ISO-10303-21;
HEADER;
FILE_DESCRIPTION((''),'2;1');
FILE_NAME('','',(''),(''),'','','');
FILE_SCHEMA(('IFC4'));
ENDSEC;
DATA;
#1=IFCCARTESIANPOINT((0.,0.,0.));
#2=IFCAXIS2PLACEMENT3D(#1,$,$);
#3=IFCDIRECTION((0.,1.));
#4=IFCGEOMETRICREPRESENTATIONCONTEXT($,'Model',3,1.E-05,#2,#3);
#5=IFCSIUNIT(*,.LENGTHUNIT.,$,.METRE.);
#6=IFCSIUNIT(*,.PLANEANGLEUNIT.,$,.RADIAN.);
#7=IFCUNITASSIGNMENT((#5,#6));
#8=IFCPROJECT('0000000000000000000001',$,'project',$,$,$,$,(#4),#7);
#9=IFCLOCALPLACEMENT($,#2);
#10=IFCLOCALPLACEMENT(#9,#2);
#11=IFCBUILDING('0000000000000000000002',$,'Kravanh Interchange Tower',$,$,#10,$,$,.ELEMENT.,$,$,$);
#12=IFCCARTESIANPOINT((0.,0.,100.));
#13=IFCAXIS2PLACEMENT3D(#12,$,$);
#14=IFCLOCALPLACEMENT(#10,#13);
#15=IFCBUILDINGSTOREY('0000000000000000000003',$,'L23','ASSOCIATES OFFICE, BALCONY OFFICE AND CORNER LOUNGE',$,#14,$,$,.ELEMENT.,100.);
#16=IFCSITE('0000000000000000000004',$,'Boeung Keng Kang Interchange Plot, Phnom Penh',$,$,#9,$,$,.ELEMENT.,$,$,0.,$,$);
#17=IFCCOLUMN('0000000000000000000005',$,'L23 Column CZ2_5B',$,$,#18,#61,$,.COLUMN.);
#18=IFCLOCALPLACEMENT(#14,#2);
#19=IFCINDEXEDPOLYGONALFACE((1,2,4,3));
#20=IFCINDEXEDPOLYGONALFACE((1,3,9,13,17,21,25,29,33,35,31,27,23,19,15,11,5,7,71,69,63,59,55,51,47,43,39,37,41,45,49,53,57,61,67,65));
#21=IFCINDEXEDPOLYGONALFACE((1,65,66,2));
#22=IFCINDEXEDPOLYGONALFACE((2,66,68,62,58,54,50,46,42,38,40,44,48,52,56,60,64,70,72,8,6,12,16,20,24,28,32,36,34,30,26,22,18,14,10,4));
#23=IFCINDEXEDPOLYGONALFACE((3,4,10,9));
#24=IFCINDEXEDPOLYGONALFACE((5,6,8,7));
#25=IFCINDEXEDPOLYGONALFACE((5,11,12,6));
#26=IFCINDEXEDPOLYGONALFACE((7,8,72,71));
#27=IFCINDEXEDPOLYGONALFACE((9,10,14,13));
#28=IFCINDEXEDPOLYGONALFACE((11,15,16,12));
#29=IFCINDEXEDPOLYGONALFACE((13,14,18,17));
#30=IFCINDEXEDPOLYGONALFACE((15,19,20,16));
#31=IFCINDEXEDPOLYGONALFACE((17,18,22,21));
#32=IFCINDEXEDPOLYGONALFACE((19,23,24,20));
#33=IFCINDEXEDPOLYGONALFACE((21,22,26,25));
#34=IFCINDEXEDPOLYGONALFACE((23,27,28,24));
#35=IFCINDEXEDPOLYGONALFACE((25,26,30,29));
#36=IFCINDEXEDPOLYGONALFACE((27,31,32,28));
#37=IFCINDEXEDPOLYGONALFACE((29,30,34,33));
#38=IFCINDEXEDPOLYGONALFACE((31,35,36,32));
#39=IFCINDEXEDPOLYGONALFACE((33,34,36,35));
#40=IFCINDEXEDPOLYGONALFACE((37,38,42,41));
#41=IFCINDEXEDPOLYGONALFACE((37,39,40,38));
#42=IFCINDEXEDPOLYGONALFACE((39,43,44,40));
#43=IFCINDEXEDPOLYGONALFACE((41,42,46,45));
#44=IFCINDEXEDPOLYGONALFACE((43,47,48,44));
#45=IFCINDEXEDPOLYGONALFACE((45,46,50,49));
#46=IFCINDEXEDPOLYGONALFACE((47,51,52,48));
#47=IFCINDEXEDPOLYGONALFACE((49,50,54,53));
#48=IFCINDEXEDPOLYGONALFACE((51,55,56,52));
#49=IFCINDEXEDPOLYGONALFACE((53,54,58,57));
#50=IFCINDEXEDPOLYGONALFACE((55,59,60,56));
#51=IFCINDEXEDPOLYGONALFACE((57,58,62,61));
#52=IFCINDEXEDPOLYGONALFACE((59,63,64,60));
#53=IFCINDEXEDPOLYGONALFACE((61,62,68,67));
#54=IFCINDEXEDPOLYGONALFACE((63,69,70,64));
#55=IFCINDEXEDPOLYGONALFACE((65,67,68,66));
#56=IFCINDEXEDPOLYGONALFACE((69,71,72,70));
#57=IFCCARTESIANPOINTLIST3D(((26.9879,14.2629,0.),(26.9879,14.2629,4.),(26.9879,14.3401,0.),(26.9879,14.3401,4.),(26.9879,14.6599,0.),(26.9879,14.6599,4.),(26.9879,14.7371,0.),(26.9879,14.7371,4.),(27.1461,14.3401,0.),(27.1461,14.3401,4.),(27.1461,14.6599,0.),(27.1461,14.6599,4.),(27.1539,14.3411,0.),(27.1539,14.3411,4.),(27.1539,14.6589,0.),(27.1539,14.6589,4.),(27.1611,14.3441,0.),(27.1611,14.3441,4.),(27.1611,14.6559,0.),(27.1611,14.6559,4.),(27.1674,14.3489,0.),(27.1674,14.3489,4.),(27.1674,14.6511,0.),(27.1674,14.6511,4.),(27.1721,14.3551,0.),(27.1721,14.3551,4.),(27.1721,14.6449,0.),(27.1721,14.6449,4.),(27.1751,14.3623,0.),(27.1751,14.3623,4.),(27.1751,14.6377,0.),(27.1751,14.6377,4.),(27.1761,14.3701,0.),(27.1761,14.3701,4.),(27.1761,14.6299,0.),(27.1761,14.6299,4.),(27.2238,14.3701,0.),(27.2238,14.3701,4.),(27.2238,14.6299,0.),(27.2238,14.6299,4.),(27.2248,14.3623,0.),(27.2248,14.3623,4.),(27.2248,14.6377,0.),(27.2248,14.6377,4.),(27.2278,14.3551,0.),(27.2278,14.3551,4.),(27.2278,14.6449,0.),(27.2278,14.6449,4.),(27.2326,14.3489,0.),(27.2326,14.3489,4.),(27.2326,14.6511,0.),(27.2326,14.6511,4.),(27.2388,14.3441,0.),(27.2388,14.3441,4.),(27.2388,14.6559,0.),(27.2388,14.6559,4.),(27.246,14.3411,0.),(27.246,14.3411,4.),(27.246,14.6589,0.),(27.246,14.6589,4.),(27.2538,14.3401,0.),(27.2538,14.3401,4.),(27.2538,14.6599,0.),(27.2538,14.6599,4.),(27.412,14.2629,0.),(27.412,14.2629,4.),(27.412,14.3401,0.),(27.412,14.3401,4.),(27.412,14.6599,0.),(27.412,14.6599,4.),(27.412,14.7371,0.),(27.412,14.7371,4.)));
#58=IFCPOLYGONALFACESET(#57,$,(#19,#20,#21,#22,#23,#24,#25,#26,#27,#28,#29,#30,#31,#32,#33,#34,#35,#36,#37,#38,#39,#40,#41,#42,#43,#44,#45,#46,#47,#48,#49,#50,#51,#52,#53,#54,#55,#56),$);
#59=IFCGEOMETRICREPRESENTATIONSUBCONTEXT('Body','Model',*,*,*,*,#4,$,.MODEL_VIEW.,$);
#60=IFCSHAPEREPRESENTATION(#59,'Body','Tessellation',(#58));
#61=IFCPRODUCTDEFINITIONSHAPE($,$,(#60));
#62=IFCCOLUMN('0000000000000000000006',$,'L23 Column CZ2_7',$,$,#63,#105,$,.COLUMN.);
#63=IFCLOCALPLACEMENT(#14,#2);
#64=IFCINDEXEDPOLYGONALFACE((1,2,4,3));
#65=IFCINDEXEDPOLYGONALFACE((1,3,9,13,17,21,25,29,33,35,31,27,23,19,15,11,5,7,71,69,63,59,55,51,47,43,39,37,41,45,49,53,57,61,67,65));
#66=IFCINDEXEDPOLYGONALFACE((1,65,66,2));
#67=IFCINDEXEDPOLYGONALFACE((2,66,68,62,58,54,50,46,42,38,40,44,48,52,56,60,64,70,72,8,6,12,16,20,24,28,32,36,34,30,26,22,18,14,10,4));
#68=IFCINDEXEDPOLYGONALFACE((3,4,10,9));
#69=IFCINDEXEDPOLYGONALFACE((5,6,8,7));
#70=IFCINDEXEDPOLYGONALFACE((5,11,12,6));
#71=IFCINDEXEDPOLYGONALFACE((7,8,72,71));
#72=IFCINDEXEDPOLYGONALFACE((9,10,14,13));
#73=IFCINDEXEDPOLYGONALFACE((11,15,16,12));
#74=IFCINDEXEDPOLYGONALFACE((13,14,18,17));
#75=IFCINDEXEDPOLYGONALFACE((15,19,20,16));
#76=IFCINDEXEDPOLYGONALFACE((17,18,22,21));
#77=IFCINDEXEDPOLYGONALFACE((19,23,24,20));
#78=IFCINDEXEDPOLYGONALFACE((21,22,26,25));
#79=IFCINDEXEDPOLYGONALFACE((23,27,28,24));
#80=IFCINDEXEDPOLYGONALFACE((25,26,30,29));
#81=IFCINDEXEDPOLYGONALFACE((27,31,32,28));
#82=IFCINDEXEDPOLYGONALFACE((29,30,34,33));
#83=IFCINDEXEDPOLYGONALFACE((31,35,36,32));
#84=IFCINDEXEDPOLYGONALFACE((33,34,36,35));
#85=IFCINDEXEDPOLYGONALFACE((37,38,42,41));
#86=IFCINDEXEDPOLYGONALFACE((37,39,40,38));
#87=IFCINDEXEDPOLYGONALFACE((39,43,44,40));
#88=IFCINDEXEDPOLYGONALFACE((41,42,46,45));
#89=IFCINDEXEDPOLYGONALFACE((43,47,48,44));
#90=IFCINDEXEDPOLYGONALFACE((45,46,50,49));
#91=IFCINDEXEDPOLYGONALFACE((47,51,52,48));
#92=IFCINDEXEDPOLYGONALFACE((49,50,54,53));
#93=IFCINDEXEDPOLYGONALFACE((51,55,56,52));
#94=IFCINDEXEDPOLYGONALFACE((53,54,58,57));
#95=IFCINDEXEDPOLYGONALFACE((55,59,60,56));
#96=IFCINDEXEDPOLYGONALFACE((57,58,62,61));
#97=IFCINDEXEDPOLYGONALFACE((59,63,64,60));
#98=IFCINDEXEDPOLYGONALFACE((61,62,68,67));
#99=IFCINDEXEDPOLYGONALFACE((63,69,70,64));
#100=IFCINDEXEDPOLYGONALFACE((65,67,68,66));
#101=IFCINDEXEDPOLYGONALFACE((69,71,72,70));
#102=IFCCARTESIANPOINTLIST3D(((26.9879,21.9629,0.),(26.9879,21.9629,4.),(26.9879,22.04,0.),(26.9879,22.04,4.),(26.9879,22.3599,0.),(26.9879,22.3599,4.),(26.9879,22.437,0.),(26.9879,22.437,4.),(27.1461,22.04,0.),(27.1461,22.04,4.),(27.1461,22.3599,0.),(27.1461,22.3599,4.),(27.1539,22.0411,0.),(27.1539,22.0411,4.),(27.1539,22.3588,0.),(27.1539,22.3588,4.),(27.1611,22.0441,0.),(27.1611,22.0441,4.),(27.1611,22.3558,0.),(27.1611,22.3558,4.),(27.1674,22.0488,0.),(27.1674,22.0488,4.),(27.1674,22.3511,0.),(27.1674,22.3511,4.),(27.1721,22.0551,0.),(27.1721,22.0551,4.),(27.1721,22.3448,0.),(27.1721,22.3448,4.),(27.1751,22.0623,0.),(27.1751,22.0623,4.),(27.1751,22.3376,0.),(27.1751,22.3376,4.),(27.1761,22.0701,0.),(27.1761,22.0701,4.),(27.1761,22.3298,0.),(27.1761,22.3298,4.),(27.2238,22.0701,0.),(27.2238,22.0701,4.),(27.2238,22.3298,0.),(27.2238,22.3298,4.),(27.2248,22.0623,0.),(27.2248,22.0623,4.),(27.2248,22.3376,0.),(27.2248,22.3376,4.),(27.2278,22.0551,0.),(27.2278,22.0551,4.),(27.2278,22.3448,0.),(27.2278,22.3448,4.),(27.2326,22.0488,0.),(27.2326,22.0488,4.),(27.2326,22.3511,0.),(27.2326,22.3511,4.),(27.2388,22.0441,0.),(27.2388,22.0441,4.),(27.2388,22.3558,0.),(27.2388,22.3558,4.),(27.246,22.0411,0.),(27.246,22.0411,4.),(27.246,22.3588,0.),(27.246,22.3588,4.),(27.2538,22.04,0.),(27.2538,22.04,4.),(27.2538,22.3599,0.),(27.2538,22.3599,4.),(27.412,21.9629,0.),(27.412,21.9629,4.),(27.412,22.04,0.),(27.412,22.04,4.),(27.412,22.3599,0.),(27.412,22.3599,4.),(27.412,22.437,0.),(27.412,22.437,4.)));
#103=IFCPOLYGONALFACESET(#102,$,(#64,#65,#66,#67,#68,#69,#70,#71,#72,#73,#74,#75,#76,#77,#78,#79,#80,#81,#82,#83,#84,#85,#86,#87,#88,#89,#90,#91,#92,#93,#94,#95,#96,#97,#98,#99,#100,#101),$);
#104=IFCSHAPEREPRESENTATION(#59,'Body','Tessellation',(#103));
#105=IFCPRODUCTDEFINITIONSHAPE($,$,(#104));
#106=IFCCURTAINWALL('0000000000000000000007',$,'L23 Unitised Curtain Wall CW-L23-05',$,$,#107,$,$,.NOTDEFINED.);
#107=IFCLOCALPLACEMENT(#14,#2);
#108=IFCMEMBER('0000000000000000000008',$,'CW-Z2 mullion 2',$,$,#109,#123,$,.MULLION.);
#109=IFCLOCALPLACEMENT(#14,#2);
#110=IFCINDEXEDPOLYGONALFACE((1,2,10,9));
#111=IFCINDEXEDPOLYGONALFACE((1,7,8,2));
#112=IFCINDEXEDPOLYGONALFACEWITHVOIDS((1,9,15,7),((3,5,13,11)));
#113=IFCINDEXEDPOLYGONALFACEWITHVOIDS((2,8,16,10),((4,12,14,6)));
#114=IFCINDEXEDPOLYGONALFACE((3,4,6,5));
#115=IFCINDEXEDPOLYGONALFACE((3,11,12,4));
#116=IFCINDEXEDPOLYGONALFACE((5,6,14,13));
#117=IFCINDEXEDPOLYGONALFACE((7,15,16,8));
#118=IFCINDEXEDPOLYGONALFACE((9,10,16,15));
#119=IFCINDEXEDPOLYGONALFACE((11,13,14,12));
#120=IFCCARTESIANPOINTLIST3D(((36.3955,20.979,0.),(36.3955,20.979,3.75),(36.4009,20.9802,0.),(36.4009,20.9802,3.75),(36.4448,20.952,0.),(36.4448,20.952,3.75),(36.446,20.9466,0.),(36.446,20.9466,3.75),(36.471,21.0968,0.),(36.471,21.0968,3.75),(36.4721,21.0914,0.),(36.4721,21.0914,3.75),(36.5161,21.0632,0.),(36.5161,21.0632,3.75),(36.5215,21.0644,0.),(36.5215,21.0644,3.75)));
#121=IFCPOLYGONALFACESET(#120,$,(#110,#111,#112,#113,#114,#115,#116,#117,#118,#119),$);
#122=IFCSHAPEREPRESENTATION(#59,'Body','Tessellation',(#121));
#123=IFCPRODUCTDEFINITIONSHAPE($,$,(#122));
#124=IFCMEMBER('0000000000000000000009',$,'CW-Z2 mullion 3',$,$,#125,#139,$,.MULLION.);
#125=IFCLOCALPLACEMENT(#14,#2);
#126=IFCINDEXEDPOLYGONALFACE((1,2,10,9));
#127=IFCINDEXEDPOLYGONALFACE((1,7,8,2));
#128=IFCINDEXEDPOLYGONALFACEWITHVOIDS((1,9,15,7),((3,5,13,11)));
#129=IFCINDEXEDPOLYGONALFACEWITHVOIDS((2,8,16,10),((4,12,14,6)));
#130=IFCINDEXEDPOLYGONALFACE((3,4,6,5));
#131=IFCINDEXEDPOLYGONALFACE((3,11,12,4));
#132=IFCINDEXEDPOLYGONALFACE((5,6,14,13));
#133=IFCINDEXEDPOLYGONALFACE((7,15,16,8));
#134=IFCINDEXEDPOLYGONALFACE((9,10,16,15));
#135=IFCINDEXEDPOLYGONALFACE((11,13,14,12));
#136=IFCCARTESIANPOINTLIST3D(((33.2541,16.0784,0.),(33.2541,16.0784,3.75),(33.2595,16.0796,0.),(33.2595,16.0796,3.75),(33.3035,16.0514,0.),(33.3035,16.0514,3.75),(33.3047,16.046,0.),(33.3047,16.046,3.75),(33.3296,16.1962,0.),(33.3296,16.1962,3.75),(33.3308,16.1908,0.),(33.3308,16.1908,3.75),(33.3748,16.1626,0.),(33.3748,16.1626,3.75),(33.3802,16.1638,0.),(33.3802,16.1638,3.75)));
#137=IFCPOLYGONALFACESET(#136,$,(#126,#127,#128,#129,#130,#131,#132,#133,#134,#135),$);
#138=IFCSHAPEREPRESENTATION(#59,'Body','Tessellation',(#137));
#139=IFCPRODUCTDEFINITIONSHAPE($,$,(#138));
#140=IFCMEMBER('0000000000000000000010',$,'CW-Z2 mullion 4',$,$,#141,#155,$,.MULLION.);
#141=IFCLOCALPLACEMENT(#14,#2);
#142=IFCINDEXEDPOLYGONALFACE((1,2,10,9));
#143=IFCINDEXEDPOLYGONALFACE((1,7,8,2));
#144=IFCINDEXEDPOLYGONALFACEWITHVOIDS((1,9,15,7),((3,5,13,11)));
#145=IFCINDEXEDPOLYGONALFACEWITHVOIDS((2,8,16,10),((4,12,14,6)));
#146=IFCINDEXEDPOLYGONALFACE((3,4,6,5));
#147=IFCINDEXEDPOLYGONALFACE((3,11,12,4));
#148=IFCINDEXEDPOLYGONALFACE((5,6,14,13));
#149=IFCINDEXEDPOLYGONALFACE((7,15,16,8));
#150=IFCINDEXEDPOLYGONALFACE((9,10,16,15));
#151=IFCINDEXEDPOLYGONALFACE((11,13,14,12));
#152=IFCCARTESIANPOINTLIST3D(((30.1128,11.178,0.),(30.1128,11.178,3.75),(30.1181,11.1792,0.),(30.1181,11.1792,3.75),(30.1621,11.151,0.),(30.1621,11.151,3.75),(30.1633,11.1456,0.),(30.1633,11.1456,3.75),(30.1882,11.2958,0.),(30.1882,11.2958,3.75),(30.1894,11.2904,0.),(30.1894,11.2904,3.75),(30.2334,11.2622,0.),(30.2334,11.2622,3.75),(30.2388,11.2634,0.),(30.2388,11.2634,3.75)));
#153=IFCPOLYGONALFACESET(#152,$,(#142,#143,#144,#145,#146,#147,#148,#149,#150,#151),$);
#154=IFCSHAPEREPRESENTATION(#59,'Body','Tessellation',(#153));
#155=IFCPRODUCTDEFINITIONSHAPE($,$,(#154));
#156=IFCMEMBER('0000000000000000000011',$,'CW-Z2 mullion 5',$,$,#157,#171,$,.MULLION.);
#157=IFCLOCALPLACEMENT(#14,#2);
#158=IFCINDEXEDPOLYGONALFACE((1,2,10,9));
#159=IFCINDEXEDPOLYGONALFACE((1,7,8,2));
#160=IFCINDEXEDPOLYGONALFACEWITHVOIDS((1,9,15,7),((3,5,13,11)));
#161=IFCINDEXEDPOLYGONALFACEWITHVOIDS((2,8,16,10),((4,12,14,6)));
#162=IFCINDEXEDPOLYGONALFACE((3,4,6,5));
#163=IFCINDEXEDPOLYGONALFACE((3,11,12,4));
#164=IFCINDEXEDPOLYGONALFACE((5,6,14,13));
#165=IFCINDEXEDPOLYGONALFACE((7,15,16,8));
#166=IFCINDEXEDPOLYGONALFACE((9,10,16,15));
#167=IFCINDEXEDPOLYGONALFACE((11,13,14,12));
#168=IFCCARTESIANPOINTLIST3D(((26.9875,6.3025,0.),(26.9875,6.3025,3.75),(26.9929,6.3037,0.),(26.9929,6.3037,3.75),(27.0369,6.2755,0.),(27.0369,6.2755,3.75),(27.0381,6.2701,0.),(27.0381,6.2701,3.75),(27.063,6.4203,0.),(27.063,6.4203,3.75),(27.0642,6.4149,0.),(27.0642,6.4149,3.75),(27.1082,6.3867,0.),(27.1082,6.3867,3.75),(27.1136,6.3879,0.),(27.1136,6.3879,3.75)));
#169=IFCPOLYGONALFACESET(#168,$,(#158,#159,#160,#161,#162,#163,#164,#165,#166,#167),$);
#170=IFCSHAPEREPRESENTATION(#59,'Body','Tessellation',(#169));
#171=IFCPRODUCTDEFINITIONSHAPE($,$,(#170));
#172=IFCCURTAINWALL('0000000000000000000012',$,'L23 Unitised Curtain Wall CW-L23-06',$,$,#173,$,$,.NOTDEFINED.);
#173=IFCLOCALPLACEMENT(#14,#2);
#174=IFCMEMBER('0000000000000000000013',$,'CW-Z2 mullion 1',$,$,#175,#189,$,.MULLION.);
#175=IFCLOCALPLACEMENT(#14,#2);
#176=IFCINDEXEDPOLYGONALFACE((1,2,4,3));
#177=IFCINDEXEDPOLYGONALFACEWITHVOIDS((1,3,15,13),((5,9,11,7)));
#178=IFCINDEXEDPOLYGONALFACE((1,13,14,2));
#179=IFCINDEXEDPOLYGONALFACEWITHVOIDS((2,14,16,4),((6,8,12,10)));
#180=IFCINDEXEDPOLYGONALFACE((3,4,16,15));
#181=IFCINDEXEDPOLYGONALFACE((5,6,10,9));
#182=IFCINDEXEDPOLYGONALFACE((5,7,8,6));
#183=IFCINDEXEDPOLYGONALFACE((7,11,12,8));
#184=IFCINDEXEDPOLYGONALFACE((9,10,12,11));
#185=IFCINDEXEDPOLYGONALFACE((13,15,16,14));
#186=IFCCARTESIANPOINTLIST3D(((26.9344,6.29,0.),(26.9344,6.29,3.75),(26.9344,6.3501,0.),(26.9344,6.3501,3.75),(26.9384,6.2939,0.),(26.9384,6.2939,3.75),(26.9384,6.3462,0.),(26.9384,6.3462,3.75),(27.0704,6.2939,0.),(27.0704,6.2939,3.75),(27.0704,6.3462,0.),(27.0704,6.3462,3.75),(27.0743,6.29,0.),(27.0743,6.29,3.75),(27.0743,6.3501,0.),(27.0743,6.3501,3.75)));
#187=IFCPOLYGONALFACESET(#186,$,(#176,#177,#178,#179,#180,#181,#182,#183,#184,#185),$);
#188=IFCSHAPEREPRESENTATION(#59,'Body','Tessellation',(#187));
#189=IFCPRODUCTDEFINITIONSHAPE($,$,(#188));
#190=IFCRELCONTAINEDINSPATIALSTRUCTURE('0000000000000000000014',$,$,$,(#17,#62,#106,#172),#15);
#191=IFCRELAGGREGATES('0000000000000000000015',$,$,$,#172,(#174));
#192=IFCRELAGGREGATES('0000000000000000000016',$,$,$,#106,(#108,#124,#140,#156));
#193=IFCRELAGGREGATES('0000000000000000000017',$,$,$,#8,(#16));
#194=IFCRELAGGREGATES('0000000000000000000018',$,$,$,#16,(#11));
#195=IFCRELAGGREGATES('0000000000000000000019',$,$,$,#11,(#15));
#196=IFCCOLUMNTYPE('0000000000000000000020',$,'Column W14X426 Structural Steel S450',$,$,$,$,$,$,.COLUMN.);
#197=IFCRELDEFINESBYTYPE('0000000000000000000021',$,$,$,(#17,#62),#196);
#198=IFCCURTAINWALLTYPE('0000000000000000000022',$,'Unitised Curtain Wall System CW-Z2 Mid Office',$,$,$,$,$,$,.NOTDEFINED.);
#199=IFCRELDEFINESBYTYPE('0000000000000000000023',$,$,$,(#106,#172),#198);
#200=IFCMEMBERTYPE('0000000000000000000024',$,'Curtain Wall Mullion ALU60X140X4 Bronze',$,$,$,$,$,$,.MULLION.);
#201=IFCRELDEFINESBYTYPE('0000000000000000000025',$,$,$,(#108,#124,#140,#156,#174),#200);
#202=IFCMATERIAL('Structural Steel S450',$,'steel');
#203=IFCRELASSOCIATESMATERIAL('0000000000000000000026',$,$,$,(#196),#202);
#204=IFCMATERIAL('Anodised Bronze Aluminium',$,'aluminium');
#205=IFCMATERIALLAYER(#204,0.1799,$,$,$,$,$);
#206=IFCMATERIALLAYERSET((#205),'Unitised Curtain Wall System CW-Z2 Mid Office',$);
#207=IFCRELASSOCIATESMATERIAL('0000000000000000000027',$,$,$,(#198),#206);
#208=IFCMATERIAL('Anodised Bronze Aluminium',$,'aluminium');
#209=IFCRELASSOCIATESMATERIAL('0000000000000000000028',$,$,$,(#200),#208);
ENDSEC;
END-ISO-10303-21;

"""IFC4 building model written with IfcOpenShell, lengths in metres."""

from ifc_helpers import new_model, si_unit, direction, frame, origin, origin_2d, place, context, subcontext, project, spatial, hollow_rectangle, i_section, extrude, material, layer, layer_set, material_profile, profile_set, type_object, element, aggregate, save


model = new_model("IFC4")

# Units and contexts
model_context = context("Model", 3, precision=1e-05, world=origin(), true_north=direction((0.0, 1.0)))
body_context = subcontext(model_context, "Body", "Model", "MODEL_VIEW")
ifc_project = project(units=[si_unit("LENGTHUNIT", "METRE"), si_unit("PLANEANGLEUNIT", "RADIAN")], contexts=[model_context])

# Site, building, storey
site_placement = place(None, origin())
site = spatial("IfcSite", under=ifc_project, at=site_placement, Name="Boeung Keng Kang Interchange Plot, Phnom Penh", CompositionType="ELEMENT", RefElevation=0.0)
building_placement = place(site_placement, origin())
building = spatial("IfcBuilding", under=site, at=building_placement, Name="Kravanh Interchange Tower", CompositionType="ELEMENT")
storey_placement = place(building_placement, frame((0.0, 0.0, 100.0)))
storey = spatial("IfcBuildingStorey", under=building, at=storey_placement, Name="L23", Description="ASSOCIATES OFFICE, BALCONY OFFICE AND CORNER LOUNGE", CompositionType="ELEMENT", Elevation=100.0)

# Columns
ifc_material_1 = material(Name="Structural Steel S450", Category="steel")
ifc_material_profile_1 = material_profile(ifc_material_1, i_section(OverallWidth=0.4241, OverallDepth=0.4741, WebThickness=0.0476, FlangeThickness=0.0771, FilletRadius=0.03, at=origin_2d()), Name="W14X426")
ifc_profile_set_1 = profile_set([ifc_material_profile_1], Name="Structural Steel S450")
column_type = type_object("IfcColumnType", Name="Column W14X426 Structural Steel S450", PredefinedType="COLUMN", material=ifc_profile_set_1)
for number, where, z_axis, x_axis, name in (
    (1, (27.2, 14.5, 0.0), (0.0, 0.0, 1.0), (1.0, 0.0, 0.0), "L23 Column CZ2_5B"),
    (2, (27.2, 22.2, 0.0), (0.0, 0.0, 1.0), (1.0, 0.0, 0.0), "L23 Column CZ2_7"),
):
    element("IfcColumn", number, at=place(storey_placement, frame(where, z_axis=z_axis, x_axis=x_axis)), inside=storey, type_object=column_type, Name=name, PredefinedType="COLUMN", context=body_context, shape_type="SweptSolid", body=[
        extrude(i_section(OverallWidth=0.4241, OverallDepth=0.4741, WebThickness=0.0476, FlangeThickness=0.0771, FilletRadius=0.03, at=origin_2d()), origin(), (0.0, 0.0, 1.0), 4.0),
    ])

# Curtain wall, members
ifc_material_2 = material(Name="Anodised Bronze Aluminium", Category="aluminium")
ifc_layer_1 = layer(ifc_material_2, 0.1799)
ifc_layer_set_1 = layer_set([ifc_layer_1], Name="Unitised Curtain Wall System CW-Z2 Mid Office")
curtain_wall_type = type_object("IfcCurtainWallType", Name="Unitised Curtain Wall System CW-Z2 Mid Office", PredefinedType="NOTDEFINED", material=ifc_layer_set_1)
curtain_wall_1_placement = place(storey_placement, origin())
curtain_wall_1 = element("IfcCurtainWall", 3, at=curtain_wall_1_placement, inside=storey, type_object=curtain_wall_type, Name="L23 Unitised Curtain Wall CW-L23-05", PredefinedType="NOTDEFINED")
ifc_material_3 = material(Name="Anodised Bronze Aluminium", Category="aluminium")
ifc_material_profile_2 = material_profile(ifc_material_3, hollow_rectangle(XDim=0.0601, YDim=0.1399, WallThickness=0.0039, at=origin_2d()), Name="ALU60X140X4")
ifc_profile_set_2 = profile_set([ifc_material_profile_2], Name="Anodised Bronze Aluminium")
member_type_1 = type_object("IfcMemberType", Name="Curtain Wall Mullion ALU60X140X4 Bronze", PredefinedType="MULLION", material=ifc_profile_set_2)
member_1_placement = place(storey_placement, frame((36.4585, 21.0217, 0.0), z_axis=(0.0, 0.0, 1.0), x_axis=(0.84188, -0.539665, 0.0)))
member_1 = element("IfcMember", 4, at=member_1_placement, type_object=member_type_1, Name="CW-Z2 mullion 2", PredefinedType="MULLION", context=body_context, shape_type="SweptSolid", body=[
    extrude(hollow_rectangle(XDim=0.0601, YDim=0.1399, WallThickness=0.0039, at=origin_2d()), origin(), (0.0, 0.0, 1.0), 3.75),
])
member_2_placement = place(storey_placement, frame((33.3171, 16.1211, 0.0), z_axis=(0.0, 0.0, 1.0), x_axis=(0.84188, -0.539665, 0.0)))
member_2 = element("IfcMember", 5, at=member_2_placement, type_object=member_type_1, Name="CW-Z2 mullion 3", PredefinedType="MULLION", context=body_context, shape_type="SweptSolid", body=[
    extrude(hollow_rectangle(XDim=0.0601, YDim=0.1399, WallThickness=0.0039, at=origin_2d()), origin(), (0.0, 0.0, 1.0), 3.75),
])
member_3_placement = place(storey_placement, frame((30.1758, 11.2207, 0.0), z_axis=(0.0, 0.0, 1.0), x_axis=(0.84188, -0.539665, 0.0)))
member_3 = element("IfcMember", 6, at=member_3_placement, type_object=member_type_1, Name="CW-Z2 mullion 4", PredefinedType="MULLION", context=body_context, shape_type="SweptSolid", body=[
    extrude(hollow_rectangle(XDim=0.0601, YDim=0.1399, WallThickness=0.0039, at=origin_2d()), origin(), (0.0, 0.0, 1.0), 3.75),
])
member_4_placement = place(storey_placement, frame((27.0505, 6.3452, 0.0), z_axis=(0.0, 0.0, 1.0), x_axis=(0.84188, -0.539665, 0.0)))
member_4 = element("IfcMember", 7, at=member_4_placement, type_object=member_type_1, Name="CW-Z2 mullion 5", PredefinedType="MULLION", context=body_context, shape_type="SweptSolid", body=[
    extrude(hollow_rectangle(XDim=0.0601, YDim=0.1399, WallThickness=0.0039, at=origin_2d()), origin(), (0.0, 0.0, 1.0), 3.75),
])

# Curtain wall, member
curtain_wall_2_placement = place(storey_placement, origin())
curtain_wall_2 = element("IfcCurtainWall", 8, at=curtain_wall_2_placement, inside=storey, type_object=curtain_wall_type, Name="L23 Unitised Curtain Wall CW-L23-06", PredefinedType="NOTDEFINED")
member_5_placement = place(storey_placement, frame((27.0044, 6.3201, 0.0), z_axis=(0.0, 0.0, 1.0), x_axis=(0.0, -1.0, 0.0)))
member_5 = element("IfcMember", 9, at=member_5_placement, type_object=member_type_1, Name="CW-Z2 mullion 1", PredefinedType="MULLION", context=body_context, shape_type="SweptSolid", body=[
    extrude(hollow_rectangle(XDim=0.0601, YDim=0.1399, WallThickness=0.0039, at=origin_2d()), origin(), (0.0, 0.0, 1.0), 3.75),
])

aggregate(curtain_wall_2, [member_5])

aggregate(curtain_wall_1, [member_1, member_2, member_3, member_4])

save(model, "model.ifc")
